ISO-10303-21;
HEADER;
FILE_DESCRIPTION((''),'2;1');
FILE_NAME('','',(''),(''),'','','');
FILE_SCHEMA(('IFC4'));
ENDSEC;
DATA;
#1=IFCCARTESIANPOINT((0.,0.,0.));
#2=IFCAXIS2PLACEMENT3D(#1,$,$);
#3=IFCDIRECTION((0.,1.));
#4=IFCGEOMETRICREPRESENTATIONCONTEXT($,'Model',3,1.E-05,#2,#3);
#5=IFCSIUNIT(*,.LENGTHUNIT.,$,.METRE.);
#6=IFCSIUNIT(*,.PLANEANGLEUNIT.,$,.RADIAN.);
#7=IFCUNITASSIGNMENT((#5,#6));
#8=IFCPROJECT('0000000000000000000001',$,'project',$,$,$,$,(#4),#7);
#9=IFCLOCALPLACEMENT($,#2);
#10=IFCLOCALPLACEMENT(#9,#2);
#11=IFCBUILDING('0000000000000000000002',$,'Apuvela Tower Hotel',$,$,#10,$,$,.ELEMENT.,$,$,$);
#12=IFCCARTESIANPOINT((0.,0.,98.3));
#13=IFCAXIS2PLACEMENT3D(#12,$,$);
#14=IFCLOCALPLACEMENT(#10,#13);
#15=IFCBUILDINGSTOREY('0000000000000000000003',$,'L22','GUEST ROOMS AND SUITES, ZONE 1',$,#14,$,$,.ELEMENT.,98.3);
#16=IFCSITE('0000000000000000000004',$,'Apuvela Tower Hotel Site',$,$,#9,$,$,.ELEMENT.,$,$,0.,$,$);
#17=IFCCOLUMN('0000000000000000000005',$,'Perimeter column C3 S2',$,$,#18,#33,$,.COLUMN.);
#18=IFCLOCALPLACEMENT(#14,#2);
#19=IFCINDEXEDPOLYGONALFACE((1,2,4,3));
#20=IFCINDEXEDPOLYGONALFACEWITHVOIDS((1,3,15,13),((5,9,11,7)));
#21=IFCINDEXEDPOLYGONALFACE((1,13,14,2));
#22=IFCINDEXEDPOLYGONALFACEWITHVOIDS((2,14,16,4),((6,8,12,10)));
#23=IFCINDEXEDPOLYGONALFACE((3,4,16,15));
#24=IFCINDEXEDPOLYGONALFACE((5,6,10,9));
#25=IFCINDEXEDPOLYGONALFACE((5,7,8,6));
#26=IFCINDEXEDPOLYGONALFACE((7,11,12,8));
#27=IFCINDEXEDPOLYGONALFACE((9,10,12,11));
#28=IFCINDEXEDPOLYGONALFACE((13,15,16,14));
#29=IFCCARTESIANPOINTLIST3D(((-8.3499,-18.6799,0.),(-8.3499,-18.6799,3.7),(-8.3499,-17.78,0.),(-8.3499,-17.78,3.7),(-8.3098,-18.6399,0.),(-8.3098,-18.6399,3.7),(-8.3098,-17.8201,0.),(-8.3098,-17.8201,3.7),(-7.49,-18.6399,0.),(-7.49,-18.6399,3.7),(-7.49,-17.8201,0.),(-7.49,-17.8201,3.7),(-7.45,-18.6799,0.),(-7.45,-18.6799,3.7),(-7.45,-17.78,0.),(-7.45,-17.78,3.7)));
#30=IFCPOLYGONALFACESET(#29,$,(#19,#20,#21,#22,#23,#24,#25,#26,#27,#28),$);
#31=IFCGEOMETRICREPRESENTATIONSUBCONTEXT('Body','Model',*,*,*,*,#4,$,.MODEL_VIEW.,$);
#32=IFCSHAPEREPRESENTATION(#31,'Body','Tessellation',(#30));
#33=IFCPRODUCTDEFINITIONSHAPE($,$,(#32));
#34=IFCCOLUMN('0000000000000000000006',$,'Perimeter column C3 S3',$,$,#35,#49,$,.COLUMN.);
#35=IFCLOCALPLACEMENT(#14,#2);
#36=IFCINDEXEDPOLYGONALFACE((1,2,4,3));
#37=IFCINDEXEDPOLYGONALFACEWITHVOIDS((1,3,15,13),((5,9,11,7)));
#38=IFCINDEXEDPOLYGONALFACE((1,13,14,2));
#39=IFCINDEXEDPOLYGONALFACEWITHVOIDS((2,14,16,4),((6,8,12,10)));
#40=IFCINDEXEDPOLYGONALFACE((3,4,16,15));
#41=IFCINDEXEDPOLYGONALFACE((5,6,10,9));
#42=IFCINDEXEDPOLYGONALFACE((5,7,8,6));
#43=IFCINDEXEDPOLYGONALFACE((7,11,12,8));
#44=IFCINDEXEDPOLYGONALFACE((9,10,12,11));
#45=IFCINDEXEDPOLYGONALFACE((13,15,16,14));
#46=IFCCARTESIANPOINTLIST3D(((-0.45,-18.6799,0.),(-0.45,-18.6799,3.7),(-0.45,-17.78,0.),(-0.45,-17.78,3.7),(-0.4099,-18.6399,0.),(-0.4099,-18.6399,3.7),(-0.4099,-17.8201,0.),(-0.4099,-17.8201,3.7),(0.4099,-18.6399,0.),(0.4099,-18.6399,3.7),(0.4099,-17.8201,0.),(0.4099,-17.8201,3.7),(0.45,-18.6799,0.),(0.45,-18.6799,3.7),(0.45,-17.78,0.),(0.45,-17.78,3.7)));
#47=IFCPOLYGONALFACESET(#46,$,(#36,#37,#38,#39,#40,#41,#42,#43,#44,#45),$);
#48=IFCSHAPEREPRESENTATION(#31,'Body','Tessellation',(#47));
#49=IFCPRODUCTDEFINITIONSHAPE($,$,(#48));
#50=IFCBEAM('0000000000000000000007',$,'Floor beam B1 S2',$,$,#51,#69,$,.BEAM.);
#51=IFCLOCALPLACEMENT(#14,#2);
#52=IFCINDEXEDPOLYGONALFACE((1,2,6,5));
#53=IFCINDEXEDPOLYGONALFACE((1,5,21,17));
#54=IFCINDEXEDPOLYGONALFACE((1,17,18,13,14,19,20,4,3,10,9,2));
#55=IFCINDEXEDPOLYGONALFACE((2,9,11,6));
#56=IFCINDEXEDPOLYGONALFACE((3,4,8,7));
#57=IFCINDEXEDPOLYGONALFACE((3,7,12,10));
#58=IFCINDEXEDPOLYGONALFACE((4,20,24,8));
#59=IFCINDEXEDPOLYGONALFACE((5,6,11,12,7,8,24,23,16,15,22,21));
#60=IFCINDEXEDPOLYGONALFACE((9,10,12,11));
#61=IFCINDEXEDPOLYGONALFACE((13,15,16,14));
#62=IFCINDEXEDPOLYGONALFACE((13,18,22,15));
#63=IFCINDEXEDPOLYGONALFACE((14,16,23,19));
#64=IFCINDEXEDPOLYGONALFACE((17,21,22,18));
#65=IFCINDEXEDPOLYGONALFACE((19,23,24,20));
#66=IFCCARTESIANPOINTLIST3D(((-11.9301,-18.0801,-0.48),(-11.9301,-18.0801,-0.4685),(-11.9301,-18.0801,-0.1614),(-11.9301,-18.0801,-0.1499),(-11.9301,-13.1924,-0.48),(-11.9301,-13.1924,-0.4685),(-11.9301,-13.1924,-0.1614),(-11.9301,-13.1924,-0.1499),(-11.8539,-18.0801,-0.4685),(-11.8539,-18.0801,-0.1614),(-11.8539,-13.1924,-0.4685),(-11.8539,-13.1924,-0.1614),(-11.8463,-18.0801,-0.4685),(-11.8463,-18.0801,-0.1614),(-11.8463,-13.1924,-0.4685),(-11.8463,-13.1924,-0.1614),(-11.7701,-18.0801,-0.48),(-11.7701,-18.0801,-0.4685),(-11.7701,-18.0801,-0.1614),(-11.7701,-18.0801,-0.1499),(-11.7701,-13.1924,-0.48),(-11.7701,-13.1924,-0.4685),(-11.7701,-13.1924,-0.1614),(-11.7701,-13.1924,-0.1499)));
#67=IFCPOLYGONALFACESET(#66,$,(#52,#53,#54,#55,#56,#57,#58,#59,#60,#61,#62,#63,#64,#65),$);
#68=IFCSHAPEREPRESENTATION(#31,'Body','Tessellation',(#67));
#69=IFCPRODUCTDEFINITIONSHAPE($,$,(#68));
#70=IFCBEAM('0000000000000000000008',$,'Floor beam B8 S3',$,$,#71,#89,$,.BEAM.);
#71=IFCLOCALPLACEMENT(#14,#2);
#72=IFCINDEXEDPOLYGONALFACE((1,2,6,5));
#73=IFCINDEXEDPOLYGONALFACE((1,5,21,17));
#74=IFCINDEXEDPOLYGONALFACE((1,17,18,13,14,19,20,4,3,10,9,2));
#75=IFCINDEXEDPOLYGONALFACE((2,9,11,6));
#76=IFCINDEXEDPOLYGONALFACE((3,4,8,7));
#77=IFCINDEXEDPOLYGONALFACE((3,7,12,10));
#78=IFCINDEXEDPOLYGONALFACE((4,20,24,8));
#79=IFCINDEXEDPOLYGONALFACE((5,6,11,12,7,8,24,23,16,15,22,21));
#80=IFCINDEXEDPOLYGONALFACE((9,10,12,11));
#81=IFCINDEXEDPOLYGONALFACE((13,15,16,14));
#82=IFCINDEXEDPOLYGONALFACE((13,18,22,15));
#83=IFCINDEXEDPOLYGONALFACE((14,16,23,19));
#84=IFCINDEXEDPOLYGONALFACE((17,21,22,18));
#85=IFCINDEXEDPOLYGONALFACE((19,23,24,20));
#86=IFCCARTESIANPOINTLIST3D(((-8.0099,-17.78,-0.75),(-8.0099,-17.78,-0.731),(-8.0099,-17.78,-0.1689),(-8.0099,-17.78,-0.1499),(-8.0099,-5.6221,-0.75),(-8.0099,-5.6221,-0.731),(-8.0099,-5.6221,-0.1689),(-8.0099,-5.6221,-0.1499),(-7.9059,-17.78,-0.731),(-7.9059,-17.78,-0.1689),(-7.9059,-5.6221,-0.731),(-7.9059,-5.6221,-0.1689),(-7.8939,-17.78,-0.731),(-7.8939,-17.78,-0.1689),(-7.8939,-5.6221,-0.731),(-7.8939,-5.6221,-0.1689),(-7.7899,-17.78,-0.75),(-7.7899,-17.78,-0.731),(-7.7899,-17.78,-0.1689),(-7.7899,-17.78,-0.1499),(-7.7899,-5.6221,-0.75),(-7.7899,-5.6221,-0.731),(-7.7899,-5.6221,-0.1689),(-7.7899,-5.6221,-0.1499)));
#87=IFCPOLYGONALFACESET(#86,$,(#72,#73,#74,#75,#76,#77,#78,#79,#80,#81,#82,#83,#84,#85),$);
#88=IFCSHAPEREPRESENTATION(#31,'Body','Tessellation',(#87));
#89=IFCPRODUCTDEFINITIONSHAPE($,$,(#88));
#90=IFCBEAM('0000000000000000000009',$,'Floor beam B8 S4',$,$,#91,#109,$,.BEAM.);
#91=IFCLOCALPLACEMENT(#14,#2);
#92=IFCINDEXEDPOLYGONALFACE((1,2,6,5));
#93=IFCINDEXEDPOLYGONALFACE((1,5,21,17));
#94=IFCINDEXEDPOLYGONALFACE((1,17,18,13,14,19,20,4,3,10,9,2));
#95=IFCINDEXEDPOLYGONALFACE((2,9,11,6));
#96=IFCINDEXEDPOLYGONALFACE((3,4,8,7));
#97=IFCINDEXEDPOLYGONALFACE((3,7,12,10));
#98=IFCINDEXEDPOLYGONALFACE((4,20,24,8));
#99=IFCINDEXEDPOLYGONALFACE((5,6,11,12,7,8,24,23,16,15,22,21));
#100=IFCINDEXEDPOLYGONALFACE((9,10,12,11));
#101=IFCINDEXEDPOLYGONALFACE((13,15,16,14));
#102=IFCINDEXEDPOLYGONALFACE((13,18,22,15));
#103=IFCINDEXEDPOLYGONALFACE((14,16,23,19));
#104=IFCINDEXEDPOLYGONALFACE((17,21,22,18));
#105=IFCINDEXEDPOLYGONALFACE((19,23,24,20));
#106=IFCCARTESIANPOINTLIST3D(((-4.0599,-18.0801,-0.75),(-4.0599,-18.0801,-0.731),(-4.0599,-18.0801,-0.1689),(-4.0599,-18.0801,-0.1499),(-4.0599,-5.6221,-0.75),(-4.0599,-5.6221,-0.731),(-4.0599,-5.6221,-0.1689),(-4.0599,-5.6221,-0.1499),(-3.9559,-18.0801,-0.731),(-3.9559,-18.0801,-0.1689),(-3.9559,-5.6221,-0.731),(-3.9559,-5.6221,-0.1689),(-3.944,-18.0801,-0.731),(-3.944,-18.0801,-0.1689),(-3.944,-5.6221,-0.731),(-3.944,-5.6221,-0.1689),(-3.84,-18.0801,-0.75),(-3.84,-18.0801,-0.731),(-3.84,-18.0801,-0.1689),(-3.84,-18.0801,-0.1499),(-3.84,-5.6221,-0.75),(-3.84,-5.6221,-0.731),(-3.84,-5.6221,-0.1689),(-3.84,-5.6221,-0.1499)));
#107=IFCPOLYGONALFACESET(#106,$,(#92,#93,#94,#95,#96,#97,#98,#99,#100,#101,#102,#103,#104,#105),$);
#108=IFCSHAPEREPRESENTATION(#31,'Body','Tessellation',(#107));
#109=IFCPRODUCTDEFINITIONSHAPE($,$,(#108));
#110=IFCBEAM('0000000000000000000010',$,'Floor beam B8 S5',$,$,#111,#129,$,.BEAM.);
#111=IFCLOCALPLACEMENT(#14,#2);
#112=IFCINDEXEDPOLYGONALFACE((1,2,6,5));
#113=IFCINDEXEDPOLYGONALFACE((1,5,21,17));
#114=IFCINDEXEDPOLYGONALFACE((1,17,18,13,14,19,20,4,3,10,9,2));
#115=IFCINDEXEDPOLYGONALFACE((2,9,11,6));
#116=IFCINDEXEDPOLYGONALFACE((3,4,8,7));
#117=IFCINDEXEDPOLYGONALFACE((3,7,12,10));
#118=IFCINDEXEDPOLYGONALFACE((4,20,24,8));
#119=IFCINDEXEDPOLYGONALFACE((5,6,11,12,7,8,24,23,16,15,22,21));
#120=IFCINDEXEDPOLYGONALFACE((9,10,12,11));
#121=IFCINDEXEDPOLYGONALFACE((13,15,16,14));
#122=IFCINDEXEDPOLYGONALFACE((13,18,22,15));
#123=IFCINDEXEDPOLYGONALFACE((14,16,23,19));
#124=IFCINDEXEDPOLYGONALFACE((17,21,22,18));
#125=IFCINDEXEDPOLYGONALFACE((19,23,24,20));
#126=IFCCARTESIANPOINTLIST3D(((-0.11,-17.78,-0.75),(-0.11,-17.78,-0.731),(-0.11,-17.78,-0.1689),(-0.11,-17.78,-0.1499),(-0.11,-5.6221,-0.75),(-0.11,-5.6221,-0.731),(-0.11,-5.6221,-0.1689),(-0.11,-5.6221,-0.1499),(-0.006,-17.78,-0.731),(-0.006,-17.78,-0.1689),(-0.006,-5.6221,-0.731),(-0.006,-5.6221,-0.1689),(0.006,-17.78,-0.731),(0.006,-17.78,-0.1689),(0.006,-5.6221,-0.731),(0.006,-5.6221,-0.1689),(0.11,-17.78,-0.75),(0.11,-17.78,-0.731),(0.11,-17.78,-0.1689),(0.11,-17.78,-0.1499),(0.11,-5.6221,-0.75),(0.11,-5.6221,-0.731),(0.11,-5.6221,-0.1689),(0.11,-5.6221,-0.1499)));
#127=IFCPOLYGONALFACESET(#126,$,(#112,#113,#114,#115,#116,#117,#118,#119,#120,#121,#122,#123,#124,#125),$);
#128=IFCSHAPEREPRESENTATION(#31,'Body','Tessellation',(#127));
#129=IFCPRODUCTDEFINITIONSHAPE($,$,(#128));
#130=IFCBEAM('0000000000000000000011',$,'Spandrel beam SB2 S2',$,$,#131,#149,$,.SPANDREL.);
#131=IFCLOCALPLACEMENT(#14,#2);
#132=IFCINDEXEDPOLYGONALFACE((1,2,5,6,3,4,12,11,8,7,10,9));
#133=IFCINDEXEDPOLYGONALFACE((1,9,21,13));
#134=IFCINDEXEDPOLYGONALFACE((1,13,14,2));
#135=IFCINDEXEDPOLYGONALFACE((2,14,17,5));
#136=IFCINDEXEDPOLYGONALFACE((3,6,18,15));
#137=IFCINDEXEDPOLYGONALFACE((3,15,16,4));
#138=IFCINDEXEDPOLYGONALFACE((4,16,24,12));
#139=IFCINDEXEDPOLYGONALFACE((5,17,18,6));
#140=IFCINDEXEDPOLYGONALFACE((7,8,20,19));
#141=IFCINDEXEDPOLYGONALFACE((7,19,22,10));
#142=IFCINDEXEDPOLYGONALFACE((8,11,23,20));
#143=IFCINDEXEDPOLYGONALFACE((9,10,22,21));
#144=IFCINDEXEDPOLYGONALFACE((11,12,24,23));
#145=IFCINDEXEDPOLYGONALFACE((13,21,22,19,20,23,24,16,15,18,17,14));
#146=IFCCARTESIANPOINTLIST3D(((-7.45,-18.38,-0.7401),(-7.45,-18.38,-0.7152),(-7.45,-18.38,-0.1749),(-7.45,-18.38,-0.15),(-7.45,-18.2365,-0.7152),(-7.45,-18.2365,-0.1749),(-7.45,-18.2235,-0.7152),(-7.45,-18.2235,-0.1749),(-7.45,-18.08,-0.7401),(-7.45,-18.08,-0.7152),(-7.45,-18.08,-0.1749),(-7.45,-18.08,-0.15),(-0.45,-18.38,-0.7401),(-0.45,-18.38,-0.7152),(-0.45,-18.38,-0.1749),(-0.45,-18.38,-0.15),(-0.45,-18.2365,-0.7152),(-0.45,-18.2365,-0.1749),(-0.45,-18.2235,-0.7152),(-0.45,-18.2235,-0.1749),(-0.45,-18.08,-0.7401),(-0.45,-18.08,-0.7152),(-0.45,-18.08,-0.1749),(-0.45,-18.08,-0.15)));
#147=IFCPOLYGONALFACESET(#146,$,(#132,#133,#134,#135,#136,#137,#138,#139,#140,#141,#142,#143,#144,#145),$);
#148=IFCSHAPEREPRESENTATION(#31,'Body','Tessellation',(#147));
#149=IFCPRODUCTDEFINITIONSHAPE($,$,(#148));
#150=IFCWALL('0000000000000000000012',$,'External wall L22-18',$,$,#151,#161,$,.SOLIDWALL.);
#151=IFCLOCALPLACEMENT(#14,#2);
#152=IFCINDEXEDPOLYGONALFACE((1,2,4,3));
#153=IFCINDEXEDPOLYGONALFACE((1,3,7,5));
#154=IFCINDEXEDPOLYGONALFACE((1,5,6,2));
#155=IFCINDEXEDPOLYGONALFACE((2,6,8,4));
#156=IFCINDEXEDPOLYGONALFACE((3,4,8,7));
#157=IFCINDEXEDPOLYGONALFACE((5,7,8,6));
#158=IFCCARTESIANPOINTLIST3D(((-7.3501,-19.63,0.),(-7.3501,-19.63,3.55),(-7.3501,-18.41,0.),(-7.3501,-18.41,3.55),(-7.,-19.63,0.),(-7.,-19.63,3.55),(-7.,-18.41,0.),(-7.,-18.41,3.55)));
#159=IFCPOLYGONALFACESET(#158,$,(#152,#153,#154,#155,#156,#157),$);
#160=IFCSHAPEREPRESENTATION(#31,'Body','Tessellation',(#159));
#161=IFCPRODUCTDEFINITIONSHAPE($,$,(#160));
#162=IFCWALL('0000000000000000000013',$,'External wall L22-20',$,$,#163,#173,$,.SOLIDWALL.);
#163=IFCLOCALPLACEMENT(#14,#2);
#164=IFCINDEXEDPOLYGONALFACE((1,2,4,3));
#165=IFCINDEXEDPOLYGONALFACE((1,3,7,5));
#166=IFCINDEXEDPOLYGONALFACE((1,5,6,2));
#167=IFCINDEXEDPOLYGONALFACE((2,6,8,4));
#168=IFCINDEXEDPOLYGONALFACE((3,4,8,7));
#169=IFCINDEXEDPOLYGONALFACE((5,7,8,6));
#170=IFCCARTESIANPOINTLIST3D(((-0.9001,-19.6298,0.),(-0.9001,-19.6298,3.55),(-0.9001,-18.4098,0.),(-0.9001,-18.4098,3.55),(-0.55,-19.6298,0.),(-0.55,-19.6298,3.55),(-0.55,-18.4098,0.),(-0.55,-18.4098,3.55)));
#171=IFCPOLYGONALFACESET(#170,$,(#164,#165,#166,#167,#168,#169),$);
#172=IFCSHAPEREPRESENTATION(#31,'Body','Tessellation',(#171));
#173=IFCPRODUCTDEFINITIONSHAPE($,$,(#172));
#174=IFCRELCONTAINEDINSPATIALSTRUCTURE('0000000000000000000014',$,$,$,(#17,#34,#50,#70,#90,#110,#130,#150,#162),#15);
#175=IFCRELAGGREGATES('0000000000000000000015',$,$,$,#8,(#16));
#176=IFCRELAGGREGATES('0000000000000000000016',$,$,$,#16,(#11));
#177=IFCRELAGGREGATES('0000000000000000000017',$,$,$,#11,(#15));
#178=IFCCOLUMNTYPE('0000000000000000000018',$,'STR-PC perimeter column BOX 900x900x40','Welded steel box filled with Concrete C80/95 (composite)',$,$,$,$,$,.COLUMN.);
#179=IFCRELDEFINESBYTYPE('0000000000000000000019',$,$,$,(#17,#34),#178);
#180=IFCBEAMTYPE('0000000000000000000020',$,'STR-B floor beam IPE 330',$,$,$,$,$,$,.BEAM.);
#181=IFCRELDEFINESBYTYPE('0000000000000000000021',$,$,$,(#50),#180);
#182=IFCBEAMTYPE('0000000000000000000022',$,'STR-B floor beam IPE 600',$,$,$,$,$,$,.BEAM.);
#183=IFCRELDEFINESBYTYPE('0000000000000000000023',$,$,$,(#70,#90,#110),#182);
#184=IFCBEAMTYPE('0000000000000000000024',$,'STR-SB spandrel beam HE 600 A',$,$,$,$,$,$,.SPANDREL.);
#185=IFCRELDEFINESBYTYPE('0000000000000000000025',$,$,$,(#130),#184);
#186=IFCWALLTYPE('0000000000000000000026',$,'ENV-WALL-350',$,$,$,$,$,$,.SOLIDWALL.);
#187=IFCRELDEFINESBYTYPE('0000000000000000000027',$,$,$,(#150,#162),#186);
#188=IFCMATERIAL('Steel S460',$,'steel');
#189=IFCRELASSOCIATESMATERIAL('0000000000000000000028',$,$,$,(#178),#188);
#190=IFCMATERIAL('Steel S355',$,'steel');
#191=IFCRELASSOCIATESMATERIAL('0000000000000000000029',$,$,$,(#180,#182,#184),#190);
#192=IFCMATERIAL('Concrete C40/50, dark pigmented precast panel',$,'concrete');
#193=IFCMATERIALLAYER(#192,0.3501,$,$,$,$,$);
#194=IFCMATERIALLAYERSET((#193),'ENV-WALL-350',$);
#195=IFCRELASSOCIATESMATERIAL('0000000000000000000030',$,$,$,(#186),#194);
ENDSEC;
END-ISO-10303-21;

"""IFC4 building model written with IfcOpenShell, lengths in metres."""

from ifc_helpers import new_model, si_unit, direction, frame, frame_2d, origin, origin_2d, place, context, subcontext, project, spatial, rectangle, hollow_rectangle, i_section, extrude, material, layer, layer_set, material_profile, profile_set, type_object, element, save


model = new_model("IFC4")

# Units and contexts
model_context = context("Model", 3, precision=1e-05, world=origin(), true_north=direction((0.0, 1.0)))
body_context = subcontext(model_context, "Body", "Model", "MODEL_VIEW")
ifc_project = project(units=[si_unit("LENGTHUNIT", "METRE"), si_unit("PLANEANGLEUNIT", "RADIAN")], contexts=[model_context])

# Site, building, storey
site_placement = place(None, origin())
site = spatial("IfcSite", under=ifc_project, at=site_placement, Name="Apuvela Tower Hotel Site", CompositionType="ELEMENT", RefElevation=0.0)
building_placement = place(site_placement, origin())
building = spatial("IfcBuilding", under=site, at=building_placement, Name="Apuvela Tower Hotel", CompositionType="ELEMENT")
storey_placement = place(building_placement, frame((0.0, 0.0, 98.3)))
storey = spatial("IfcBuildingStorey", under=building, at=storey_placement, Name="L22", Description="GUEST ROOMS AND SUITES, ZONE 1", CompositionType="ELEMENT", Elevation=98.3)

# Columns
ifc_material_1 = material(Name="Steel S460", Category="steel")
ifc_material_profile_1 = material_profile(ifc_material_1, hollow_rectangle(XDim=0.8999, YDim=0.8999, WallThickness=0.04, at=origin_2d()), Name="BOX 900x900x40")
ifc_material_2 = material(Name="Concrete C80/95", Category="concrete")
ifc_material_profile_2 = material_profile(ifc_material_2, rectangle(XDim=0.8201, YDim=0.8201, at=origin_2d()), Name="Concrete C80/95 infill")
ifc_profile_set_1 = profile_set([ifc_material_profile_1, ifc_material_profile_2], Name="Steel S460")
column_type = type_object("IfcColumnType", Name="STR-PC perimeter column BOX 900x900x40", Description="Welded steel box filled with Concrete C80/95 (composite)", PredefinedType="COLUMN", material=ifc_profile_set_1)
for number, where, z_axis, x_axis, name in (
    (1, (-7.8999, -18.23, 0.0), (0.0, 0.0, 1.0), (-1.0, 0.0, 0.0), "Perimeter column C3 S2"),
    (2, (0.0, -18.23, 0.0), (0.0, 0.0, 1.0), (-1.0, 0.0, 0.0), "Perimeter column C3 S3"),
):
    element("IfcColumn", number, at=place(storey_placement, frame(where, z_axis=z_axis, x_axis=x_axis)), inside=storey, type_object=column_type, Name=name, PredefinedType="COLUMN", context=body_context, shape_type="SweptSolid", body=[
        extrude(hollow_rectangle(XDim=0.8999, YDim=0.8999, WallThickness=0.04, at=origin_2d()), origin(), (0.0, 0.0, 1.0), 3.7),
    ])

# Beams
ifc_material_3 = material(Name="Steel S355", Category="steel")
ifc_material_profile_3 = material_profile(ifc_material_3, i_section(OverallWidth=0.1599, OverallDepth=0.3301, WebThickness=0.0076, FlangeThickness=0.0115, at=origin_2d()), Name="IPE 330")
ifc_profile_set_2 = profile_set([ifc_material_profile_3], Name="Steel S355")
beam_type_1 = type_object("IfcBeamType", Name="STR-B floor beam IPE 330", PredefinedType="BEAM", material=ifc_profile_set_2)
beam_1_placement = place(storey_placement, frame((-11.8501, -18.0801, -0.3149), z_axis=(0.0, 1.0, 0.0), x_axis=(-1.0, 0.0, 0.0)))
element("IfcBeam", 3, at=beam_1_placement, inside=storey, type_object=beam_type_1, Name="Floor beam B1 S2", PredefinedType="BEAM", context=body_context, shape_type="SweptSolid", body=[
    extrude(i_section(OverallWidth=0.1599, OverallDepth=0.3301, WebThickness=0.0076, FlangeThickness=0.0115, at=origin_2d()), origin(), (0.0, 0.0, 1.0), 4.8877),
])
ifc_material_profile_4 = material_profile(ifc_material_3, i_section(OverallWidth=0.22, OverallDepth=0.6001, WebThickness=0.012, FlangeThickness=0.019, at=origin_2d()), Name="IPE 600")
ifc_profile_set_3 = profile_set([ifc_material_profile_4], Name="Steel S355")
beam_type_2 = type_object("IfcBeamType", Name="STR-B floor beam IPE 600", PredefinedType="BEAM", material=ifc_profile_set_3)
beam_2_placement = place(storey_placement, frame((-7.8999, -17.78, -0.45), z_axis=(0.0, 1.0, 0.0), x_axis=(-1.0, 0.0, 0.0)))
element("IfcBeam", 4, at=beam_2_placement, inside=storey, type_object=beam_type_2, Name="Floor beam B8 S3", PredefinedType="BEAM", context=body_context, shape_type="SweptSolid", body=[
    extrude(i_section(OverallWidth=0.22, OverallDepth=0.6001, WebThickness=0.012, FlangeThickness=0.019, at=origin_2d()), origin(), (0.0, 0.0, 1.0), 12.158),
])
beam_3_placement = place(storey_placement, frame((-3.95, -18.0801, -0.45), z_axis=(0.0, 1.0, 0.0), x_axis=(-1.0, 0.0, 0.0)))
element("IfcBeam", 5, at=beam_3_placement, inside=storey, type_object=beam_type_2, Name="Floor beam B8 S4", PredefinedType="BEAM", context=body_context, shape_type="SweptSolid", body=[
    extrude(i_section(OverallWidth=0.22, OverallDepth=0.6001, WebThickness=0.012, FlangeThickness=0.019, at=origin_2d()), origin(), (0.0, 0.0, 1.0), 12.458),
])
beam_4_placement = place(storey_placement, frame((0.0, -17.78, -0.45), z_axis=(0.0, 1.0, 0.0), x_axis=(-1.0, 0.0, 0.0)))
element("IfcBeam", 6, at=beam_4_placement, inside=storey, type_object=beam_type_2, Name="Floor beam B8 S5", PredefinedType="BEAM", context=body_context, shape_type="SweptSolid", body=[
    extrude(i_section(OverallWidth=0.22, OverallDepth=0.6001, WebThickness=0.012, FlangeThickness=0.019, at=origin_2d()), origin(), (0.0, 0.0, 1.0), 12.158),
])
ifc_material_profile_5 = material_profile(ifc_material_3, i_section(OverallWidth=0.3, OverallDepth=0.5901, WebThickness=0.0129, FlangeThickness=0.0249, at=origin_2d()), Name="HE 600 A")
ifc_profile_set_4 = profile_set([ifc_material_profile_5], Name="Steel S355")
beam_type_3 = type_object("IfcBeamType", Name="STR-SB spandrel beam HE 600 A", PredefinedType="SPANDREL", material=ifc_profile_set_4)
beam_5_placement = place(storey_placement, frame((-7.45, -18.23, -0.4451), z_axis=(1.0, 0.0, 0.0), x_axis=(0.0, 1.0, 0.0)))
element("IfcBeam", 7, at=beam_5_placement, inside=storey, type_object=beam_type_3, Name="Spandrel beam SB2 S2", PredefinedType="SPANDREL", context=body_context, shape_type="SweptSolid", body=[
    extrude(i_section(OverallWidth=0.3, OverallDepth=0.5901, WebThickness=0.0129, FlangeThickness=0.0249, at=origin_2d()), origin(), (0.0, 0.0, 1.0), 7.0),
])

# Wall
ifc_material_4 = material(Name="Concrete C40/50, dark pigmented precast panel", Category="concrete")
ifc_layer_1 = layer(ifc_material_4, 0.3501)
ifc_layer_set_1 = layer_set([ifc_layer_1], Name="ENV-WALL-350")
wall_type_1 = type_object("IfcWallType", Name="ENV-WALL-350", PredefinedType="SOLIDWALL", material=ifc_layer_set_1)
wall_1_placement = place(storey_placement, frame((-7.175, -19.6299, 0.0), z_axis=(0.0, 0.0, 1.0), x_axis=(0.0, 1.0, 0.0)))
element("IfcWall", 8, at=wall_1_placement, inside=storey, type_object=wall_type_1, Name="External wall L22-18", PredefinedType="SOLIDWALL", context=body_context, shape_type="SweptSolid", body=[
    extrude(rectangle(XDim=1.22, YDim=0.3501, at=frame_2d((0.6099, 0.0))), origin(), (0.0, 0.0, 1.0), 3.55),
])

# Wall
wall_2_placement = place(storey_placement, frame((-0.7251, -18.4099, 0.0), z_axis=(0.0, 0.0, 1.0), x_axis=(0.0, -1.0, 0.0)))
element("IfcWall", 9, at=wall_2_placement, inside=storey, type_object=wall_type_1, Name="External wall L22-20", PredefinedType="SOLIDWALL", context=body_context, shape_type="SweptSolid", body=[
    extrude(rectangle(XDim=1.22, YDim=0.3501, at=frame_2d((0.6099, 0.0))), origin(), (0.0, 0.0, 1.0), 3.55),
])

save(model, "model.ifc")
